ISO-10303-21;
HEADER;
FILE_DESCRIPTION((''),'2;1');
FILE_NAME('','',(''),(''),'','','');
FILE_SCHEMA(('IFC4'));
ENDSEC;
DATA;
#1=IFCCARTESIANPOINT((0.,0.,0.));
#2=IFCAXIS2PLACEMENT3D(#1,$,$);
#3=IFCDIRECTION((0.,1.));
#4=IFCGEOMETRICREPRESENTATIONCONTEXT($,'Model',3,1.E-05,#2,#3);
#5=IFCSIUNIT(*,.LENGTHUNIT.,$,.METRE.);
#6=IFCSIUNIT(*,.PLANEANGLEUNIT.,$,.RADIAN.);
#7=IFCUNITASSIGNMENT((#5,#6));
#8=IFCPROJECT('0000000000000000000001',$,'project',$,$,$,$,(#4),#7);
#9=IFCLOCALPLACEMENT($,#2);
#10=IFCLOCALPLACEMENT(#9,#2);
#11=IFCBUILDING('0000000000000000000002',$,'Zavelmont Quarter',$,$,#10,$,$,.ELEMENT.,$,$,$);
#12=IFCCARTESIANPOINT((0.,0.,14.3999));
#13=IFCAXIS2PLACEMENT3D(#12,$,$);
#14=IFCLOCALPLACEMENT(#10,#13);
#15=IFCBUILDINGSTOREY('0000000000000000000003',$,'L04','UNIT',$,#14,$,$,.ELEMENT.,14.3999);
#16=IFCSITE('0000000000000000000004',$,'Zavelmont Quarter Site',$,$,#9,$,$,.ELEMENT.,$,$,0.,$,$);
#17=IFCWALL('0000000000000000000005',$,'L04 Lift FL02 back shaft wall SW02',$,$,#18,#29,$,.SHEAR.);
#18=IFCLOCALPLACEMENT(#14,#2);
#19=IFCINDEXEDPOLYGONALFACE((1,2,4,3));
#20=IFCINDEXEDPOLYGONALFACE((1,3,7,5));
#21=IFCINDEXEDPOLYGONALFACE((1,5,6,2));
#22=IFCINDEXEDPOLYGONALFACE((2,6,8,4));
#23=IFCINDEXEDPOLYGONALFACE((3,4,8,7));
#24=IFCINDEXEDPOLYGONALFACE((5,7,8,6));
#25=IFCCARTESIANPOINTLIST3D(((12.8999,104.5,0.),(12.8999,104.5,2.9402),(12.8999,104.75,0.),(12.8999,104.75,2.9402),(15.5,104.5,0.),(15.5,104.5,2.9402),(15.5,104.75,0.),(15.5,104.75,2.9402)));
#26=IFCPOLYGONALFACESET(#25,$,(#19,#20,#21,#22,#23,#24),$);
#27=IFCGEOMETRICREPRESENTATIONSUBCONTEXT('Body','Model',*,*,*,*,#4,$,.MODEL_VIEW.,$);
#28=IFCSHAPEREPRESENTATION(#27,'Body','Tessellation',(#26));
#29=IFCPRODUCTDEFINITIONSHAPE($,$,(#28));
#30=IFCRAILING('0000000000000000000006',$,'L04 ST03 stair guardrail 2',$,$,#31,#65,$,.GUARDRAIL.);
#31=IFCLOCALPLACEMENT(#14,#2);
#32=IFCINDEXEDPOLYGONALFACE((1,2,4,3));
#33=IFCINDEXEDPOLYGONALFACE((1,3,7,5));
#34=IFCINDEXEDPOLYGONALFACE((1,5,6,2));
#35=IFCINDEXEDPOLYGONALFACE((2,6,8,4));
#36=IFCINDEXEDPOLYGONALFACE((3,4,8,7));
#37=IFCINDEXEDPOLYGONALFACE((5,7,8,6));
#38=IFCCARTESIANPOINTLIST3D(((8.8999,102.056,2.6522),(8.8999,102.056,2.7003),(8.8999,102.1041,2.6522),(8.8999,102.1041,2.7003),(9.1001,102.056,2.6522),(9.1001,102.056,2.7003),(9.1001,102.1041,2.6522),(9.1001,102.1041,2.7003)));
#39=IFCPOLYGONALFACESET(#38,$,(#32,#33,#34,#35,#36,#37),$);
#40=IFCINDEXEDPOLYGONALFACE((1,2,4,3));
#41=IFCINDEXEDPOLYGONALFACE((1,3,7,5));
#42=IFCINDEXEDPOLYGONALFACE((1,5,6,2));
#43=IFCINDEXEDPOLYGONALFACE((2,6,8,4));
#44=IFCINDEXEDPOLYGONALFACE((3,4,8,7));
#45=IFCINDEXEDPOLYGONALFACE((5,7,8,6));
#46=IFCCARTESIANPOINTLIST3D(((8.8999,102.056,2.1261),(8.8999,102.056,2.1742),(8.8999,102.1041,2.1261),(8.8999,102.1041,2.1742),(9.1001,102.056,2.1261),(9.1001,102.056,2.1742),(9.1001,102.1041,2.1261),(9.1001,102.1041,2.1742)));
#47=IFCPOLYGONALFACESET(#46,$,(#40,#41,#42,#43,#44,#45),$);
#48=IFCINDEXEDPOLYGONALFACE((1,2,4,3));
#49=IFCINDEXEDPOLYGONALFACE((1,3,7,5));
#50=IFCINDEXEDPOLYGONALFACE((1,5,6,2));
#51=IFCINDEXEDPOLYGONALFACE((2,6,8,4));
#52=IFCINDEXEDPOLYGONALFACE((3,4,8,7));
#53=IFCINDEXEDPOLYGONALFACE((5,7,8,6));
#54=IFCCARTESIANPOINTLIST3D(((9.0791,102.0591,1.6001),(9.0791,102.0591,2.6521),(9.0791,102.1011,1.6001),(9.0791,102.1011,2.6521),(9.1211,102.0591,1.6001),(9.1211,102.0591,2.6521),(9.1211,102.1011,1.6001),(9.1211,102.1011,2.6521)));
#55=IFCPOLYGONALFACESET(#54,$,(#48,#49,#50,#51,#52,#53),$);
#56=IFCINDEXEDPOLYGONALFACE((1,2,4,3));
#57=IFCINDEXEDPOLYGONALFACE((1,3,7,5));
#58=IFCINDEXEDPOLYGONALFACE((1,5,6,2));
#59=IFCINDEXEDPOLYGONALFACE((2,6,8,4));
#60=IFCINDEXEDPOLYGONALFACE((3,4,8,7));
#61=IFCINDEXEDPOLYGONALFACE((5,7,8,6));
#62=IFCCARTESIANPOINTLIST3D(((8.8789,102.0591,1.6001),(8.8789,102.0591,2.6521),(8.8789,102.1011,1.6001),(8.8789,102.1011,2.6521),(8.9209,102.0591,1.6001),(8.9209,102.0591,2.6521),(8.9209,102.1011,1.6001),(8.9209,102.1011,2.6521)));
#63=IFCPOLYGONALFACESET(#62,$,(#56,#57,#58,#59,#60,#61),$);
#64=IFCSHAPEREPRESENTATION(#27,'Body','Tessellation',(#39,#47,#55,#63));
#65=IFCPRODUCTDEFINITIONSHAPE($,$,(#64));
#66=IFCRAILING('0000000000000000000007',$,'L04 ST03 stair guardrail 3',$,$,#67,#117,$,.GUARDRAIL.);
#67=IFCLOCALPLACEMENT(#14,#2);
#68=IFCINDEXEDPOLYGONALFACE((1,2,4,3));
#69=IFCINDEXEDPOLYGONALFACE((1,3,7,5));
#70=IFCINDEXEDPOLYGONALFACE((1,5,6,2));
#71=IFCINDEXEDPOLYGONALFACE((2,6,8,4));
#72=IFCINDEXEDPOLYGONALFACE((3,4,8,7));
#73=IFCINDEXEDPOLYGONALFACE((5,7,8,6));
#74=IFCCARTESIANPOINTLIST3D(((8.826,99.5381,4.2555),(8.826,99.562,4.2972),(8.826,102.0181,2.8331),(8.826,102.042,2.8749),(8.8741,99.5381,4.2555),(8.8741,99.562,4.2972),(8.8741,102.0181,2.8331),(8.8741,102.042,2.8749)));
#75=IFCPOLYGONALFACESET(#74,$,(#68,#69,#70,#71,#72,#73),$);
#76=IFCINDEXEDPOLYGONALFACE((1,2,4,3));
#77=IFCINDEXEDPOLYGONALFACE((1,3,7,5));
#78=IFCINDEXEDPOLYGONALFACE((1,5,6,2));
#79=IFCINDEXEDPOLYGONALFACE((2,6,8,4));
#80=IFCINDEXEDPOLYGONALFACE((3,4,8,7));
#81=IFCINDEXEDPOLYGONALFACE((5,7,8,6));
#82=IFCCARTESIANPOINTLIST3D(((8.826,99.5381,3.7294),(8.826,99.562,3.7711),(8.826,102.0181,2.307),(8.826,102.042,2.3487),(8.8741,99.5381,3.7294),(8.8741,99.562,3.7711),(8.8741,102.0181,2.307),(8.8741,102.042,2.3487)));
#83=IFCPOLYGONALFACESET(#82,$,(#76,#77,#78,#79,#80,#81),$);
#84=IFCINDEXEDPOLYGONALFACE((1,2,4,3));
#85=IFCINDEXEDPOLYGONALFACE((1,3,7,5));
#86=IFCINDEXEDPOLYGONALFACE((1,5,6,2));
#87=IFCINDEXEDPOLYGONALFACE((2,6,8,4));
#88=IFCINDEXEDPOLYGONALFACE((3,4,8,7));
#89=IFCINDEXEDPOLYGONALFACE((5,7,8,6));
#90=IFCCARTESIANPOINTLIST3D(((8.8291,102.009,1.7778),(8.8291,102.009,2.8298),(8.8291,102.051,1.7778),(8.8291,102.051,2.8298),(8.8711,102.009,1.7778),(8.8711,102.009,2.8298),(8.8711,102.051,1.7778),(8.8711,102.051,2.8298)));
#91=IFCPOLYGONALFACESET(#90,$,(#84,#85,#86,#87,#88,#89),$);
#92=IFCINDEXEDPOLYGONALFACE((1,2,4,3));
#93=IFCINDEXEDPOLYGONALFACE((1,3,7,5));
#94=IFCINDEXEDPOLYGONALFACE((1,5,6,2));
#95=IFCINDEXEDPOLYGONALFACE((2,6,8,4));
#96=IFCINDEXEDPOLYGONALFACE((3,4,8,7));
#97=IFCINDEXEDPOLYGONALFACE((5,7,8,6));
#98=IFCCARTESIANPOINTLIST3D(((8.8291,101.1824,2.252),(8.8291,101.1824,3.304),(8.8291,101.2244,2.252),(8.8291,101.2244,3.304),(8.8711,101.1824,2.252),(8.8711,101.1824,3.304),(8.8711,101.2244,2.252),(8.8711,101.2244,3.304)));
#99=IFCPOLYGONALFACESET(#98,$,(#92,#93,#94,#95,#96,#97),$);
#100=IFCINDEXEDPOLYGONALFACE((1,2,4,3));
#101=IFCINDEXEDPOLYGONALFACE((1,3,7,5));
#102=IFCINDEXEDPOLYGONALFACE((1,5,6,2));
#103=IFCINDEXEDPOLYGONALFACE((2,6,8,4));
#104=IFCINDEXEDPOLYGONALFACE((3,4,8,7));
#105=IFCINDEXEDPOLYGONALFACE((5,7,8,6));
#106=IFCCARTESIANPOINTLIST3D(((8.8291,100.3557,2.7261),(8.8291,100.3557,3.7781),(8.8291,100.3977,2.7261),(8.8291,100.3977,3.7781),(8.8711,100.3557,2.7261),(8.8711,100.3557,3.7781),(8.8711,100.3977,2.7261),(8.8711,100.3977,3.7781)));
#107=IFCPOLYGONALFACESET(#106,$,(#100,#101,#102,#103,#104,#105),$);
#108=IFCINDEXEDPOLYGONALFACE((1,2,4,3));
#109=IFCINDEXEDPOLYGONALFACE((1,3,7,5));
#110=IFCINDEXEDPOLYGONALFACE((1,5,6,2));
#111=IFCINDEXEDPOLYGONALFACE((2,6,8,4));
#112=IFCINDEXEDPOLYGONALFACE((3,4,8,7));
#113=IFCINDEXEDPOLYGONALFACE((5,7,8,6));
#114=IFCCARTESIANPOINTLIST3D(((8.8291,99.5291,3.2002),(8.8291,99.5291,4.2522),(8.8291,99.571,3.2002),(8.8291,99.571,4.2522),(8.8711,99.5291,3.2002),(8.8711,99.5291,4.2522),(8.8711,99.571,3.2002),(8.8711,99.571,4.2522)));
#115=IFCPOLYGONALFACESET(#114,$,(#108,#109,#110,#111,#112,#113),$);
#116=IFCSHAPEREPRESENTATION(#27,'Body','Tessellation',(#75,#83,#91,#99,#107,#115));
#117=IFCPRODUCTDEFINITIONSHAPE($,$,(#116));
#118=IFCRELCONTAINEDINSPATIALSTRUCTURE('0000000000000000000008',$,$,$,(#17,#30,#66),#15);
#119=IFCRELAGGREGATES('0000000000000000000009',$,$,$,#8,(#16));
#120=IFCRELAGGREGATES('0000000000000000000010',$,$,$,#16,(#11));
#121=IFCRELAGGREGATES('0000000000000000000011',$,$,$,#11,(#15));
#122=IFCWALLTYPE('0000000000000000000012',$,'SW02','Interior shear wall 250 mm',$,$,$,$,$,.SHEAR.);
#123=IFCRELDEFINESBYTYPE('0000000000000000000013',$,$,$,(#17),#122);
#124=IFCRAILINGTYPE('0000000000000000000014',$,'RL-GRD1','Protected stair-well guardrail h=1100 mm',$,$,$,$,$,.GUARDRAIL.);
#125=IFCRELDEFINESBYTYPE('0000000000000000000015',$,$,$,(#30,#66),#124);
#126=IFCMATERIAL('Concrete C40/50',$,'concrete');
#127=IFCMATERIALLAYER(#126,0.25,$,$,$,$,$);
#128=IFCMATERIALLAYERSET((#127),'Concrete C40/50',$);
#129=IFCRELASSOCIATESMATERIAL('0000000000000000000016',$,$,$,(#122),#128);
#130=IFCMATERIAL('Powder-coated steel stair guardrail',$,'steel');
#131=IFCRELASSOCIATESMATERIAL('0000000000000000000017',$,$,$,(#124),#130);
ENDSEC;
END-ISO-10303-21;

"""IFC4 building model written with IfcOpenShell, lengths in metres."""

from ifc_helpers import new_model, si_unit, direction, frame, frame_2d, origin, origin_2d, place, context, subcontext, project, spatial, rectangle, extrude, material, layer, layer_set, type_object, element, save


model = new_model("IFC4")

# Units and contexts
model_context = context("Model", 3, precision=1e-05, world=origin(), true_north=direction((0.0, 1.0)))
body_context = subcontext(model_context, "Body", "Model", "MODEL_VIEW")
ifc_project = project(units=[si_unit("LENGTHUNIT", "METRE"), si_unit("PLANEANGLEUNIT", "RADIAN")], contexts=[model_context])

# Site, building, storey
site_placement = place(None, origin())
site = spatial("IfcSite", under=ifc_project, at=site_placement, Name="Zavelmont Quarter Site", CompositionType="ELEMENT", RefElevation=0.0)
building_placement = place(site_placement, origin())
building = spatial("IfcBuilding", under=site, at=building_placement, Name="Zavelmont Quarter", CompositionType="ELEMENT")
storey_placement = place(building_placement, frame((0.0, 0.0, 14.3999)))
storey = spatial("IfcBuildingStorey", under=building, at=storey_placement, Name="L04", Description="UNIT", CompositionType="ELEMENT", Elevation=14.3999)

# Shared definitions
ifc_material_1 = material(Name="Concrete C40/50", Category="concrete")

# Wall
ifc_layer_1 = layer(ifc_material_1, 0.25)
ifc_layer_set_1 = layer_set([ifc_layer_1], Name="Concrete C40/50")
wall_type_1 = type_object("IfcWallType", Name="SW02", Description="Interior shear wall 250 mm", PredefinedType="SHEAR", material=ifc_layer_set_1)
wall_1_placement = place(storey_placement, frame((12.8999, 104.625, 0.0), z_axis=(0.0, 0.0, 1.0), x_axis=(1.0, 0.0, 0.0)))
element("IfcWall", 1, at=wall_1_placement, inside=storey, type_object=wall_type_1, Name="L04 Lift FL02 back shaft wall SW02", PredefinedType="SHEAR", context=body_context, shape_type="SweptSolid", body=[
    extrude(rectangle(XDim=2.6001, YDim=0.25, at=frame_2d((1.3, 0.0))), origin(), (0.0, 0.0, 1.0), 2.9402),
])

# Railings
ifc_material_2 = material(Name="Powder-coated steel stair guardrail", Category="steel")
railing_type = type_object("IfcRailingType", Name="RL-GRD1", Description="Protected stair-well guardrail h=1100 mm", PredefinedType="GUARDRAIL", material=ifc_material_2)
railing_1_placement = place(storey_placement, frame((9.1001, 102.0801, 1.6001)))
element("IfcRailing", 2, at=railing_1_placement, inside=storey, type_object=railing_type, Name="L04 ST03 stair guardrail 2", PredefinedType="GUARDRAIL", context=body_context, shape_type="SweptSolid", body=[
    extrude(rectangle(XDim=0.0481, YDim=0.0481, at=origin_2d()), frame((0.0, 0.0, 1.0762), z_axis=(-1.0, 0.0, 0.0), x_axis=(0.0, -1.0, 0.0)), (0.0, 0.0, 1.0), 0.2002),
    extrude(rectangle(XDim=0.0481, YDim=0.0481, at=origin_2d()), frame((0.0, 0.0, 0.55), z_axis=(-1.0, 0.0, 0.0), x_axis=(0.0, -1.0, 0.0)), (0.0, 0.0, 1.0), 0.2002),
    extrude(rectangle(XDim=0.042, YDim=0.042, at=origin_2d()), origin(), (0.0, 0.0, 1.0), 1.052),
    extrude(rectangle(XDim=0.042, YDim=0.042, at=origin_2d()), frame((-0.2002, 0.0, 0.0)), (0.0, 0.0, 1.0), 1.052),
])
railing_2_placement = place(storey_placement, frame((8.8501, 102.03, 1.7778)))
element("IfcRailing", 3, at=railing_2_placement, inside=storey, type_object=railing_type, Name="L04 ST03 stair guardrail 3", PredefinedType="GUARDRAIL", context=body_context, shape_type="SweptSolid", body=[
    extrude(rectangle(XDim=0.0481, YDim=0.0481, at=origin_2d()), frame((0.0, 0.0, 1.0762), z_axis=(0.0, -0.867454, 0.497518), x_axis=(1.0, 0.0, 0.0)), (0.0, 0.0, 1.0), 2.8589),
    extrude(rectangle(XDim=0.0481, YDim=0.0481, at=origin_2d()), frame((0.0, 0.0, 0.55), z_axis=(0.0, -0.867454, 0.497518), x_axis=(1.0, 0.0, 0.0)), (0.0, 0.0, 1.0), 2.8589),
    extrude(rectangle(XDim=0.042, YDim=0.042, at=origin_2d()), origin(), (0.0, 0.0, 1.0), 1.052),
    extrude(rectangle(XDim=0.042, YDim=0.042, at=origin_2d()), frame((0.0, -0.8267, 0.4741)), (0.0, 0.0, 1.0), 1.052),
    extrude(rectangle(XDim=0.042, YDim=0.042, at=origin_2d()), frame((0.0, -1.6533, 0.9482)), (0.0, 0.0, 1.0), 1.052),
    extrude(rectangle(XDim=0.042, YDim=0.042, at=origin_2d()), frame((0.0, -2.48, 1.4224)), (0.0, 0.0, 1.0), 1.052),
])

save(model, "model.ifc")
